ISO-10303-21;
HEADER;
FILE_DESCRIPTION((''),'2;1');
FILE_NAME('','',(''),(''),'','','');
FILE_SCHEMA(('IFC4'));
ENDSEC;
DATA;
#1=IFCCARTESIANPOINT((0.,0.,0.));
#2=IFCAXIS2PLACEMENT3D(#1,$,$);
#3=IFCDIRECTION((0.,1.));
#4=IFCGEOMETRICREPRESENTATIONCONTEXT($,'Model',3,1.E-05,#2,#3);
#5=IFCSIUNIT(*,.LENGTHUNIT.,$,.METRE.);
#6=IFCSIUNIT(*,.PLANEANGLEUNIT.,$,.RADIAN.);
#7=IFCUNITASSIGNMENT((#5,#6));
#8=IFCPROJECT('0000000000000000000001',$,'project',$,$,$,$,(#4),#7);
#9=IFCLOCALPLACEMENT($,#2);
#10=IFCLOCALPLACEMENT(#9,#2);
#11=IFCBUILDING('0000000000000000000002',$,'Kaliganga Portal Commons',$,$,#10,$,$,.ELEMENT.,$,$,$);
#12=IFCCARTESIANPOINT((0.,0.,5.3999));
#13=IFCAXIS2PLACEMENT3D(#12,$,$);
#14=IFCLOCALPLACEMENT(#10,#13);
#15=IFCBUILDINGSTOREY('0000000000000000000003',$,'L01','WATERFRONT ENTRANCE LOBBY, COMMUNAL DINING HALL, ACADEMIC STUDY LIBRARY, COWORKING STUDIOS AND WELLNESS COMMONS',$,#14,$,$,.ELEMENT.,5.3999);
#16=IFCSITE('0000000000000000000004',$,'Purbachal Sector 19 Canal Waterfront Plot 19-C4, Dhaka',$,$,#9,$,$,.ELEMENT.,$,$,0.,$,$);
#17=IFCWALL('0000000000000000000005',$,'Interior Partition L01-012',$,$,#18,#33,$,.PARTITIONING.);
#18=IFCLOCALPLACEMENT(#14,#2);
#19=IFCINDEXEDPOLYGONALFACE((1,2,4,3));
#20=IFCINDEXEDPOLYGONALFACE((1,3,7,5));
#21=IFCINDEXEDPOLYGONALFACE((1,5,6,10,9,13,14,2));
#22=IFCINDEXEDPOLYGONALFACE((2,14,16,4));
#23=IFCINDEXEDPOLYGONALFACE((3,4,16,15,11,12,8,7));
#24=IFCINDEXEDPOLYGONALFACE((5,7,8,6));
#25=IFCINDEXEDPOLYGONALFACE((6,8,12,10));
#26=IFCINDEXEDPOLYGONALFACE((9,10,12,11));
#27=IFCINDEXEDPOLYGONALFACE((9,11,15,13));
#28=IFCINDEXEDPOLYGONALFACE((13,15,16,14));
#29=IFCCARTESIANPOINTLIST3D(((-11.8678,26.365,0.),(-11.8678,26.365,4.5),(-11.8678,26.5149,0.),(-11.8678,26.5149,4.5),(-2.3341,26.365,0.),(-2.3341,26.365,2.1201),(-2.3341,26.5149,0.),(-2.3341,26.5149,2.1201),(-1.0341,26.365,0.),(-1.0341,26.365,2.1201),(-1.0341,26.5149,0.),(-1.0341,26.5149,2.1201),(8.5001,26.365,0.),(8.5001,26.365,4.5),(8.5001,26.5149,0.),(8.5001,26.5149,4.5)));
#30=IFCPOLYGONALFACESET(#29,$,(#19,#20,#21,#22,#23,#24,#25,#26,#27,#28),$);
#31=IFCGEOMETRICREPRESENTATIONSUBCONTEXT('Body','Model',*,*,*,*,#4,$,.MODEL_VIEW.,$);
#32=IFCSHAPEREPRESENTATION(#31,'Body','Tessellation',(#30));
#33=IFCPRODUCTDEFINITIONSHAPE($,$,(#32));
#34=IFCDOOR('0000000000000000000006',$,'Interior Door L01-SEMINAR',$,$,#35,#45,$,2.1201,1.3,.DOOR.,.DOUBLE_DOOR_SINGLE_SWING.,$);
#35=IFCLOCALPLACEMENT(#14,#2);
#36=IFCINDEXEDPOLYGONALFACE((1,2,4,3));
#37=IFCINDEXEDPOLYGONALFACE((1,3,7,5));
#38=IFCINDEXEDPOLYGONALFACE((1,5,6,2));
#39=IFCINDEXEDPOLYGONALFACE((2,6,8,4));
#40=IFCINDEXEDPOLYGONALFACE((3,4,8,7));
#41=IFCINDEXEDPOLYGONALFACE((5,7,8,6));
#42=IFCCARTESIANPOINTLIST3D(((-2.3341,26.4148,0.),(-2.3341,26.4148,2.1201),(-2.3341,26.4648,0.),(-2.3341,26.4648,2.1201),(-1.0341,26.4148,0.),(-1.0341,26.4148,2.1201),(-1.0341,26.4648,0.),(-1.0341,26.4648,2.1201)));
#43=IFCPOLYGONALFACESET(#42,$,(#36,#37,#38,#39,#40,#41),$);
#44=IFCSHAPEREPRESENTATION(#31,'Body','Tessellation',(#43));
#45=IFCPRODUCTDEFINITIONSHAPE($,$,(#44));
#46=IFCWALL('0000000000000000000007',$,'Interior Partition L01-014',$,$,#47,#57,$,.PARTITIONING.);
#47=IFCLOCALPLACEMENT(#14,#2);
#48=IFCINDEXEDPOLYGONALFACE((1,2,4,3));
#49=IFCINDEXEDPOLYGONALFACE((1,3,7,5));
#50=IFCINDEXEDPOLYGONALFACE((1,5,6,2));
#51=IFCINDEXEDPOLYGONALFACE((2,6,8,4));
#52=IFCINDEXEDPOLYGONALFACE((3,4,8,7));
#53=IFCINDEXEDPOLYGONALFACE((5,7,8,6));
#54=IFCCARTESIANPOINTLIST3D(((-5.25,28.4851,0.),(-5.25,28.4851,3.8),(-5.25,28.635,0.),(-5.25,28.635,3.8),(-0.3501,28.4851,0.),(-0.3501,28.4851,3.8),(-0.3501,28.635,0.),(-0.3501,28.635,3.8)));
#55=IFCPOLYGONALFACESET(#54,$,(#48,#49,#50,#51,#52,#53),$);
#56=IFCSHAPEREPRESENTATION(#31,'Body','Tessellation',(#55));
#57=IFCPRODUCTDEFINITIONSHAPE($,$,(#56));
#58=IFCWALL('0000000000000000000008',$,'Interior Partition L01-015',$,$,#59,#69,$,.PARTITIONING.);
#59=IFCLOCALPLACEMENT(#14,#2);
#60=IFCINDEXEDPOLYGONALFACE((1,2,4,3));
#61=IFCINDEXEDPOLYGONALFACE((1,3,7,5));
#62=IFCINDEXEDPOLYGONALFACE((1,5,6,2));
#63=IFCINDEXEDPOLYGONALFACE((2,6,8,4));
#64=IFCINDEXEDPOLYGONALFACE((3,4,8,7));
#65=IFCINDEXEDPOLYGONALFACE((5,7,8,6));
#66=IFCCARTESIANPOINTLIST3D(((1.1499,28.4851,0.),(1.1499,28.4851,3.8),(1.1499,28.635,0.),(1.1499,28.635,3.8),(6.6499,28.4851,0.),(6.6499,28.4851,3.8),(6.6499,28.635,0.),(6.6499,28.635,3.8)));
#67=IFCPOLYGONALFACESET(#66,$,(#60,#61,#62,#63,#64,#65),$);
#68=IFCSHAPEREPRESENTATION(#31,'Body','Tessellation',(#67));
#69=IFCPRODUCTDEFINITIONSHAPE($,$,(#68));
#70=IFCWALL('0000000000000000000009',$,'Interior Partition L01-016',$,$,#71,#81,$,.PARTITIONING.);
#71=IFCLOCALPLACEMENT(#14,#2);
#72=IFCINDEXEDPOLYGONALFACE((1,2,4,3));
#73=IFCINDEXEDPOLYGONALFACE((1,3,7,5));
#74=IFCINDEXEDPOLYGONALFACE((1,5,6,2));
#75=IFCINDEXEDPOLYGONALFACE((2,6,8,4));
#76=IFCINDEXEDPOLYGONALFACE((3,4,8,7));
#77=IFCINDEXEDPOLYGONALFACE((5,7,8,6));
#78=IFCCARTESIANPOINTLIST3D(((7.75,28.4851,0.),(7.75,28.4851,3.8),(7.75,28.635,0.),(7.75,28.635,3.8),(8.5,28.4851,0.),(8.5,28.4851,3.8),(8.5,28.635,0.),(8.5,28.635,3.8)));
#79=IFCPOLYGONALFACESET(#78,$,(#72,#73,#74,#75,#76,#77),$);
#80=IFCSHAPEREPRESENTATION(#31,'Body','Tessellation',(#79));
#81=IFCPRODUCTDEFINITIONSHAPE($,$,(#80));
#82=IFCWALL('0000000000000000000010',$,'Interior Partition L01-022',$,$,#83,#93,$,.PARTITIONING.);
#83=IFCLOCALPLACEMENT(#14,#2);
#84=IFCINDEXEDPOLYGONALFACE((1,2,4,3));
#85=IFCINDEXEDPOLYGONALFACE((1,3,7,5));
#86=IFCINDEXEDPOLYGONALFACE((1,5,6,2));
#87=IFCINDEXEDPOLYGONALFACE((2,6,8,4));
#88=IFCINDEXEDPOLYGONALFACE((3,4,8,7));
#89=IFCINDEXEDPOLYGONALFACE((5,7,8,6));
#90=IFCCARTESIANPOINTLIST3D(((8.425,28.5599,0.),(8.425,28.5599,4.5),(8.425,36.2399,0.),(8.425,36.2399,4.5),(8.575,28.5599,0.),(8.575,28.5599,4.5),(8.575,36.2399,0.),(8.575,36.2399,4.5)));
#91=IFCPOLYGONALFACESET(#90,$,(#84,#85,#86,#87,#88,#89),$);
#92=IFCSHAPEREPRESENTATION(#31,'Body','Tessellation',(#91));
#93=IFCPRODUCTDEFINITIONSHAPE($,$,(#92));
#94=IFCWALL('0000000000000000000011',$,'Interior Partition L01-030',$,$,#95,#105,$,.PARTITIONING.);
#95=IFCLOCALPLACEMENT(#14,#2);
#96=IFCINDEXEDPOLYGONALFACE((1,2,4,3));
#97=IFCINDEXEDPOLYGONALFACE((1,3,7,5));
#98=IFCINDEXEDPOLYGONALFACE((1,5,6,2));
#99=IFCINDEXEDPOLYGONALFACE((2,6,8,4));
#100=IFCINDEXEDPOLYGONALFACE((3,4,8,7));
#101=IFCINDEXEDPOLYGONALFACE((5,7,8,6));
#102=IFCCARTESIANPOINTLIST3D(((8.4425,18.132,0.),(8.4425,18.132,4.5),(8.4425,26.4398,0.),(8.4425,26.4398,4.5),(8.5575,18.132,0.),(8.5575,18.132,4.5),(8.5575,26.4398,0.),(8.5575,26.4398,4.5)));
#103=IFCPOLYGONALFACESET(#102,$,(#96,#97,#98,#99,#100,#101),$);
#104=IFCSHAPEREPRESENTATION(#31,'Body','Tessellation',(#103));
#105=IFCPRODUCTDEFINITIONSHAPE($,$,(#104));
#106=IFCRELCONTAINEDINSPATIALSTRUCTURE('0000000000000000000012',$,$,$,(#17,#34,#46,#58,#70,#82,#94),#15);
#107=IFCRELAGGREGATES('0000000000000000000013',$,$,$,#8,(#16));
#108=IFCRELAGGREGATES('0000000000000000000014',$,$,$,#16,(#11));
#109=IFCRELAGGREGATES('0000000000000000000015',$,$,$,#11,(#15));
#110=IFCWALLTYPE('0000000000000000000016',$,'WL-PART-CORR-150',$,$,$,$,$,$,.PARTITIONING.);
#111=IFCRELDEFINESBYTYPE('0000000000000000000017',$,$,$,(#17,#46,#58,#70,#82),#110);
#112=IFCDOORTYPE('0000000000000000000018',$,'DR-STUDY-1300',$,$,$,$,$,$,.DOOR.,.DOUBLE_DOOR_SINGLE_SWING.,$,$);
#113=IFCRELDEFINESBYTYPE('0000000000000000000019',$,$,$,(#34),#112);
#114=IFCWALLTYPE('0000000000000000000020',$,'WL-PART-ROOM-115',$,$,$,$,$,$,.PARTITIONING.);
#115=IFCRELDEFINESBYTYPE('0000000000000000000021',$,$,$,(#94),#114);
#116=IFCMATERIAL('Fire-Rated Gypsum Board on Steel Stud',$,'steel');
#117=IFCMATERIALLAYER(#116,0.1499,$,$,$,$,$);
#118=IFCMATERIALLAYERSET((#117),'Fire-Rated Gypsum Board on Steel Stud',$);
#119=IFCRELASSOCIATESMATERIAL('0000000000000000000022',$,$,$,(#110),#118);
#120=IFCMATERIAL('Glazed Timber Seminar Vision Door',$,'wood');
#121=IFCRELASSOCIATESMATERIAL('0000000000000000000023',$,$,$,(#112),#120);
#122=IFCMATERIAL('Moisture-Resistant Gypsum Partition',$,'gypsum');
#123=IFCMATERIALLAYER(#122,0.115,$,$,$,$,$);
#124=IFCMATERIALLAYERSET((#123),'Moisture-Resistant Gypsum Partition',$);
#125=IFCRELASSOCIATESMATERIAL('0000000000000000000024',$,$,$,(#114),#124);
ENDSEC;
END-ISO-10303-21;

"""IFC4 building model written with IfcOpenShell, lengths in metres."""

from ifc_helpers import new_model, si_unit, direction, frame, frame_2d, origin, place, context, subcontext, project, spatial, rectangle, extrude, material, layer, layer_set, type_object, element, fill, save


model = new_model("IFC4")

# Units and contexts
model_context = context("Model", 3, precision=1e-05, world=origin(), true_north=direction((0.0, 1.0)))
body_context = subcontext(model_context, "Body", "Model", "MODEL_VIEW")
ifc_project = project(units=[si_unit("LENGTHUNIT", "METRE"), si_unit("PLANEANGLEUNIT", "RADIAN")], contexts=[model_context])

# Site, building, storey
site_placement = place(None, origin())
site = spatial("IfcSite", under=ifc_project, at=site_placement, Name="Purbachal Sector 19 Canal Waterfront Plot 19-C4, Dhaka", CompositionType="ELEMENT", RefElevation=0.0)
building_placement = place(site_placement, origin())
building = spatial("IfcBuilding", under=site, at=building_placement, Name="Kaliganga Portal Commons", CompositionType="ELEMENT")
storey_placement = place(building_placement, frame((0.0, 0.0, 5.3999)))
storey = spatial("IfcBuildingStorey", under=building, at=storey_placement, Name="L01", Description="WATERFRONT ENTRANCE LOBBY, COMMUNAL DINING HALL, ACADEMIC STUDY LIBRARY, COWORKING STUDIOS AND WELLNESS COMMONS", CompositionType="ELEMENT", Elevation=5.3999)

# Wall, opening, door
ifc_material_1 = material(Name="Fire-Rated Gypsum Board on Steel Stud", Category="steel")
ifc_layer_1 = layer(ifc_material_1, 0.1499)
ifc_layer_set_1 = layer_set([ifc_layer_1], Name="Fire-Rated Gypsum Board on Steel Stud")
wall_type_1 = type_object("IfcWallType", Name="WL-PART-CORR-150", PredefinedType="PARTITIONING", material=ifc_layer_set_1)
wall_1_placement = place(storey_placement, frame((-11.8679, 26.4399, 0.0), z_axis=(0.0, 0.0, 1.0), x_axis=(1.0, 0.0, 0.0)))
wall_1 = element("IfcWall", 1, at=wall_1_placement, inside=storey, type_object=wall_type_1, Name="Interior Partition L01-012", PredefinedType="PARTITIONING", context=body_context, shape_type="SweptSolid", body=[
    extrude(rectangle(XDim=20.3679, YDim=0.1499, at=frame_2d((10.1841, 0.0))), origin(), (0.0, 0.0, 1.0), 4.5),
])
opening_1_placement = place(wall_1_placement, frame((9.5339, 0.0, 0.0)))
opening_1 = element("IfcOpeningElement", 2, at=opening_1_placement, cuts=wall_1, PredefinedType="OPENING", context=body_context, shape_type="SweptSolid", body=[
    extrude(rectangle(XDim=1.3, YDim=2.1201, at=frame_2d((0.6499, 1.0601))), frame((0.0, 0.085, 0.0), z_axis=(0.0, -1.0, 0.0), x_axis=(1.0, 0.0, 0.0)), (0.0, 0.0, 1.0), 0.1699),
])
ifc_material_2 = material(Name="Glazed Timber Seminar Vision Door", Category="wood")
door_type = type_object("IfcDoorType", Name="DR-STUDY-1300", OperationType="DOUBLE_DOOR_SINGLE_SWING", PredefinedType="DOOR", material=ifc_material_2)
door_1_placement = place(opening_1_placement, origin())
door_1 = element("IfcDoor", 3, at=door_1_placement, inside=storey, type_object=door_type, Name="Interior Door L01-SEMINAR", OperationType="DOUBLE_DOOR_SINGLE_SWING", OverallHeight=2.1201, OverallWidth=1.3, PredefinedType="DOOR", context=body_context, shape_type="SweptSolid", body=[
    extrude(rectangle(XDim=1.3, YDim=2.1201, at=frame_2d((0.6499, 1.0601))), frame((0.0, 0.0249, 0.0), z_axis=(0.0, -1.0, 0.0), x_axis=(1.0, 0.0, 0.0)), (0.0, 0.0, 1.0), 0.05),
])
fill(opening_1, door_1)

# Walls
wall_2_placement = place(storey_placement, frame((-5.25, 28.5601, 0.0), z_axis=(0.0, 0.0, 1.0), x_axis=(1.0, 0.0, 0.0)))
element("IfcWall", 4, at=wall_2_placement, inside=storey, type_object=wall_type_1, Name="Interior Partition L01-014", PredefinedType="PARTITIONING", context=body_context, shape_type="SweptSolid", body=[
    extrude(rectangle(XDim=4.8999, YDim=0.1499, at=frame_2d((2.45, 0.0))), origin(), (0.0, 0.0, 1.0), 3.8),
])
wall_3_placement = place(storey_placement, frame((1.1499, 28.5601, 0.0), z_axis=(0.0, 0.0, 1.0), x_axis=(1.0, 0.0, 0.0)))
element("IfcWall", 5, at=wall_3_placement, inside=storey, type_object=wall_type_1, Name="Interior Partition L01-015", PredefinedType="PARTITIONING", context=body_context, shape_type="SweptSolid", body=[
    extrude(rectangle(XDim=5.5, YDim=0.1499, at=frame_2d((2.75, 0.0))), origin(), (0.0, 0.0, 1.0), 3.8),
])
wall_4_placement = place(storey_placement, frame((7.75, 28.5601, 0.0), z_axis=(0.0, 0.0, 1.0), x_axis=(1.0, 0.0, 0.0)))
element("IfcWall", 6, at=wall_4_placement, inside=storey, type_object=wall_type_1, Name="Interior Partition L01-016", PredefinedType="PARTITIONING", context=body_context, shape_type="SweptSolid", body=[
    extrude(rectangle(XDim=0.75, YDim=0.1499, at=frame_2d((0.375, 0.0))), origin(), (0.0, 0.0, 1.0), 3.8),
])
wall_5_placement = place(storey_placement, frame((8.5, 28.5601, 0.0), z_axis=(0.0, 0.0, 1.0), x_axis=(0.0, 1.0, 0.0)))
element("IfcWall", 7, at=wall_5_placement, inside=storey, type_object=wall_type_1, Name="Interior Partition L01-022", PredefinedType="PARTITIONING", context=body_context, shape_type="SweptSolid", body=[
    extrude(rectangle(XDim=7.6799, YDim=0.1499, at=frame_2d((3.8398, 0.0))), origin(), (0.0, 0.0, 1.0), 4.5),
])
ifc_material_3 = material(Name="Moisture-Resistant Gypsum Partition", Category="gypsum")
ifc_layer_2 = layer(ifc_material_3, 0.115)
ifc_layer_set_2 = layer_set([ifc_layer_2], Name="Moisture-Resistant Gypsum Partition")
wall_type_2 = type_object("IfcWallType", Name="WL-PART-ROOM-115", PredefinedType="PARTITIONING", material=ifc_layer_set_2)
wall_6_placement = place(storey_placement, frame((8.5, 18.1321, 0.0), z_axis=(0.0, 0.0, 1.0), x_axis=(0.0, 1.0, 0.0)))
element("IfcWall", 8, at=wall_6_placement, inside=storey, type_object=wall_type_2, Name="Interior Partition L01-030", PredefinedType="PARTITIONING", context=body_context, shape_type="SweptSolid", body=[
    extrude(rectangle(XDim=8.3079, YDim=0.115, at=frame_2d((4.1538, 0.0))), origin(), (0.0, 0.0, 1.0), 4.5),
])

save(model, "model.ifc")
